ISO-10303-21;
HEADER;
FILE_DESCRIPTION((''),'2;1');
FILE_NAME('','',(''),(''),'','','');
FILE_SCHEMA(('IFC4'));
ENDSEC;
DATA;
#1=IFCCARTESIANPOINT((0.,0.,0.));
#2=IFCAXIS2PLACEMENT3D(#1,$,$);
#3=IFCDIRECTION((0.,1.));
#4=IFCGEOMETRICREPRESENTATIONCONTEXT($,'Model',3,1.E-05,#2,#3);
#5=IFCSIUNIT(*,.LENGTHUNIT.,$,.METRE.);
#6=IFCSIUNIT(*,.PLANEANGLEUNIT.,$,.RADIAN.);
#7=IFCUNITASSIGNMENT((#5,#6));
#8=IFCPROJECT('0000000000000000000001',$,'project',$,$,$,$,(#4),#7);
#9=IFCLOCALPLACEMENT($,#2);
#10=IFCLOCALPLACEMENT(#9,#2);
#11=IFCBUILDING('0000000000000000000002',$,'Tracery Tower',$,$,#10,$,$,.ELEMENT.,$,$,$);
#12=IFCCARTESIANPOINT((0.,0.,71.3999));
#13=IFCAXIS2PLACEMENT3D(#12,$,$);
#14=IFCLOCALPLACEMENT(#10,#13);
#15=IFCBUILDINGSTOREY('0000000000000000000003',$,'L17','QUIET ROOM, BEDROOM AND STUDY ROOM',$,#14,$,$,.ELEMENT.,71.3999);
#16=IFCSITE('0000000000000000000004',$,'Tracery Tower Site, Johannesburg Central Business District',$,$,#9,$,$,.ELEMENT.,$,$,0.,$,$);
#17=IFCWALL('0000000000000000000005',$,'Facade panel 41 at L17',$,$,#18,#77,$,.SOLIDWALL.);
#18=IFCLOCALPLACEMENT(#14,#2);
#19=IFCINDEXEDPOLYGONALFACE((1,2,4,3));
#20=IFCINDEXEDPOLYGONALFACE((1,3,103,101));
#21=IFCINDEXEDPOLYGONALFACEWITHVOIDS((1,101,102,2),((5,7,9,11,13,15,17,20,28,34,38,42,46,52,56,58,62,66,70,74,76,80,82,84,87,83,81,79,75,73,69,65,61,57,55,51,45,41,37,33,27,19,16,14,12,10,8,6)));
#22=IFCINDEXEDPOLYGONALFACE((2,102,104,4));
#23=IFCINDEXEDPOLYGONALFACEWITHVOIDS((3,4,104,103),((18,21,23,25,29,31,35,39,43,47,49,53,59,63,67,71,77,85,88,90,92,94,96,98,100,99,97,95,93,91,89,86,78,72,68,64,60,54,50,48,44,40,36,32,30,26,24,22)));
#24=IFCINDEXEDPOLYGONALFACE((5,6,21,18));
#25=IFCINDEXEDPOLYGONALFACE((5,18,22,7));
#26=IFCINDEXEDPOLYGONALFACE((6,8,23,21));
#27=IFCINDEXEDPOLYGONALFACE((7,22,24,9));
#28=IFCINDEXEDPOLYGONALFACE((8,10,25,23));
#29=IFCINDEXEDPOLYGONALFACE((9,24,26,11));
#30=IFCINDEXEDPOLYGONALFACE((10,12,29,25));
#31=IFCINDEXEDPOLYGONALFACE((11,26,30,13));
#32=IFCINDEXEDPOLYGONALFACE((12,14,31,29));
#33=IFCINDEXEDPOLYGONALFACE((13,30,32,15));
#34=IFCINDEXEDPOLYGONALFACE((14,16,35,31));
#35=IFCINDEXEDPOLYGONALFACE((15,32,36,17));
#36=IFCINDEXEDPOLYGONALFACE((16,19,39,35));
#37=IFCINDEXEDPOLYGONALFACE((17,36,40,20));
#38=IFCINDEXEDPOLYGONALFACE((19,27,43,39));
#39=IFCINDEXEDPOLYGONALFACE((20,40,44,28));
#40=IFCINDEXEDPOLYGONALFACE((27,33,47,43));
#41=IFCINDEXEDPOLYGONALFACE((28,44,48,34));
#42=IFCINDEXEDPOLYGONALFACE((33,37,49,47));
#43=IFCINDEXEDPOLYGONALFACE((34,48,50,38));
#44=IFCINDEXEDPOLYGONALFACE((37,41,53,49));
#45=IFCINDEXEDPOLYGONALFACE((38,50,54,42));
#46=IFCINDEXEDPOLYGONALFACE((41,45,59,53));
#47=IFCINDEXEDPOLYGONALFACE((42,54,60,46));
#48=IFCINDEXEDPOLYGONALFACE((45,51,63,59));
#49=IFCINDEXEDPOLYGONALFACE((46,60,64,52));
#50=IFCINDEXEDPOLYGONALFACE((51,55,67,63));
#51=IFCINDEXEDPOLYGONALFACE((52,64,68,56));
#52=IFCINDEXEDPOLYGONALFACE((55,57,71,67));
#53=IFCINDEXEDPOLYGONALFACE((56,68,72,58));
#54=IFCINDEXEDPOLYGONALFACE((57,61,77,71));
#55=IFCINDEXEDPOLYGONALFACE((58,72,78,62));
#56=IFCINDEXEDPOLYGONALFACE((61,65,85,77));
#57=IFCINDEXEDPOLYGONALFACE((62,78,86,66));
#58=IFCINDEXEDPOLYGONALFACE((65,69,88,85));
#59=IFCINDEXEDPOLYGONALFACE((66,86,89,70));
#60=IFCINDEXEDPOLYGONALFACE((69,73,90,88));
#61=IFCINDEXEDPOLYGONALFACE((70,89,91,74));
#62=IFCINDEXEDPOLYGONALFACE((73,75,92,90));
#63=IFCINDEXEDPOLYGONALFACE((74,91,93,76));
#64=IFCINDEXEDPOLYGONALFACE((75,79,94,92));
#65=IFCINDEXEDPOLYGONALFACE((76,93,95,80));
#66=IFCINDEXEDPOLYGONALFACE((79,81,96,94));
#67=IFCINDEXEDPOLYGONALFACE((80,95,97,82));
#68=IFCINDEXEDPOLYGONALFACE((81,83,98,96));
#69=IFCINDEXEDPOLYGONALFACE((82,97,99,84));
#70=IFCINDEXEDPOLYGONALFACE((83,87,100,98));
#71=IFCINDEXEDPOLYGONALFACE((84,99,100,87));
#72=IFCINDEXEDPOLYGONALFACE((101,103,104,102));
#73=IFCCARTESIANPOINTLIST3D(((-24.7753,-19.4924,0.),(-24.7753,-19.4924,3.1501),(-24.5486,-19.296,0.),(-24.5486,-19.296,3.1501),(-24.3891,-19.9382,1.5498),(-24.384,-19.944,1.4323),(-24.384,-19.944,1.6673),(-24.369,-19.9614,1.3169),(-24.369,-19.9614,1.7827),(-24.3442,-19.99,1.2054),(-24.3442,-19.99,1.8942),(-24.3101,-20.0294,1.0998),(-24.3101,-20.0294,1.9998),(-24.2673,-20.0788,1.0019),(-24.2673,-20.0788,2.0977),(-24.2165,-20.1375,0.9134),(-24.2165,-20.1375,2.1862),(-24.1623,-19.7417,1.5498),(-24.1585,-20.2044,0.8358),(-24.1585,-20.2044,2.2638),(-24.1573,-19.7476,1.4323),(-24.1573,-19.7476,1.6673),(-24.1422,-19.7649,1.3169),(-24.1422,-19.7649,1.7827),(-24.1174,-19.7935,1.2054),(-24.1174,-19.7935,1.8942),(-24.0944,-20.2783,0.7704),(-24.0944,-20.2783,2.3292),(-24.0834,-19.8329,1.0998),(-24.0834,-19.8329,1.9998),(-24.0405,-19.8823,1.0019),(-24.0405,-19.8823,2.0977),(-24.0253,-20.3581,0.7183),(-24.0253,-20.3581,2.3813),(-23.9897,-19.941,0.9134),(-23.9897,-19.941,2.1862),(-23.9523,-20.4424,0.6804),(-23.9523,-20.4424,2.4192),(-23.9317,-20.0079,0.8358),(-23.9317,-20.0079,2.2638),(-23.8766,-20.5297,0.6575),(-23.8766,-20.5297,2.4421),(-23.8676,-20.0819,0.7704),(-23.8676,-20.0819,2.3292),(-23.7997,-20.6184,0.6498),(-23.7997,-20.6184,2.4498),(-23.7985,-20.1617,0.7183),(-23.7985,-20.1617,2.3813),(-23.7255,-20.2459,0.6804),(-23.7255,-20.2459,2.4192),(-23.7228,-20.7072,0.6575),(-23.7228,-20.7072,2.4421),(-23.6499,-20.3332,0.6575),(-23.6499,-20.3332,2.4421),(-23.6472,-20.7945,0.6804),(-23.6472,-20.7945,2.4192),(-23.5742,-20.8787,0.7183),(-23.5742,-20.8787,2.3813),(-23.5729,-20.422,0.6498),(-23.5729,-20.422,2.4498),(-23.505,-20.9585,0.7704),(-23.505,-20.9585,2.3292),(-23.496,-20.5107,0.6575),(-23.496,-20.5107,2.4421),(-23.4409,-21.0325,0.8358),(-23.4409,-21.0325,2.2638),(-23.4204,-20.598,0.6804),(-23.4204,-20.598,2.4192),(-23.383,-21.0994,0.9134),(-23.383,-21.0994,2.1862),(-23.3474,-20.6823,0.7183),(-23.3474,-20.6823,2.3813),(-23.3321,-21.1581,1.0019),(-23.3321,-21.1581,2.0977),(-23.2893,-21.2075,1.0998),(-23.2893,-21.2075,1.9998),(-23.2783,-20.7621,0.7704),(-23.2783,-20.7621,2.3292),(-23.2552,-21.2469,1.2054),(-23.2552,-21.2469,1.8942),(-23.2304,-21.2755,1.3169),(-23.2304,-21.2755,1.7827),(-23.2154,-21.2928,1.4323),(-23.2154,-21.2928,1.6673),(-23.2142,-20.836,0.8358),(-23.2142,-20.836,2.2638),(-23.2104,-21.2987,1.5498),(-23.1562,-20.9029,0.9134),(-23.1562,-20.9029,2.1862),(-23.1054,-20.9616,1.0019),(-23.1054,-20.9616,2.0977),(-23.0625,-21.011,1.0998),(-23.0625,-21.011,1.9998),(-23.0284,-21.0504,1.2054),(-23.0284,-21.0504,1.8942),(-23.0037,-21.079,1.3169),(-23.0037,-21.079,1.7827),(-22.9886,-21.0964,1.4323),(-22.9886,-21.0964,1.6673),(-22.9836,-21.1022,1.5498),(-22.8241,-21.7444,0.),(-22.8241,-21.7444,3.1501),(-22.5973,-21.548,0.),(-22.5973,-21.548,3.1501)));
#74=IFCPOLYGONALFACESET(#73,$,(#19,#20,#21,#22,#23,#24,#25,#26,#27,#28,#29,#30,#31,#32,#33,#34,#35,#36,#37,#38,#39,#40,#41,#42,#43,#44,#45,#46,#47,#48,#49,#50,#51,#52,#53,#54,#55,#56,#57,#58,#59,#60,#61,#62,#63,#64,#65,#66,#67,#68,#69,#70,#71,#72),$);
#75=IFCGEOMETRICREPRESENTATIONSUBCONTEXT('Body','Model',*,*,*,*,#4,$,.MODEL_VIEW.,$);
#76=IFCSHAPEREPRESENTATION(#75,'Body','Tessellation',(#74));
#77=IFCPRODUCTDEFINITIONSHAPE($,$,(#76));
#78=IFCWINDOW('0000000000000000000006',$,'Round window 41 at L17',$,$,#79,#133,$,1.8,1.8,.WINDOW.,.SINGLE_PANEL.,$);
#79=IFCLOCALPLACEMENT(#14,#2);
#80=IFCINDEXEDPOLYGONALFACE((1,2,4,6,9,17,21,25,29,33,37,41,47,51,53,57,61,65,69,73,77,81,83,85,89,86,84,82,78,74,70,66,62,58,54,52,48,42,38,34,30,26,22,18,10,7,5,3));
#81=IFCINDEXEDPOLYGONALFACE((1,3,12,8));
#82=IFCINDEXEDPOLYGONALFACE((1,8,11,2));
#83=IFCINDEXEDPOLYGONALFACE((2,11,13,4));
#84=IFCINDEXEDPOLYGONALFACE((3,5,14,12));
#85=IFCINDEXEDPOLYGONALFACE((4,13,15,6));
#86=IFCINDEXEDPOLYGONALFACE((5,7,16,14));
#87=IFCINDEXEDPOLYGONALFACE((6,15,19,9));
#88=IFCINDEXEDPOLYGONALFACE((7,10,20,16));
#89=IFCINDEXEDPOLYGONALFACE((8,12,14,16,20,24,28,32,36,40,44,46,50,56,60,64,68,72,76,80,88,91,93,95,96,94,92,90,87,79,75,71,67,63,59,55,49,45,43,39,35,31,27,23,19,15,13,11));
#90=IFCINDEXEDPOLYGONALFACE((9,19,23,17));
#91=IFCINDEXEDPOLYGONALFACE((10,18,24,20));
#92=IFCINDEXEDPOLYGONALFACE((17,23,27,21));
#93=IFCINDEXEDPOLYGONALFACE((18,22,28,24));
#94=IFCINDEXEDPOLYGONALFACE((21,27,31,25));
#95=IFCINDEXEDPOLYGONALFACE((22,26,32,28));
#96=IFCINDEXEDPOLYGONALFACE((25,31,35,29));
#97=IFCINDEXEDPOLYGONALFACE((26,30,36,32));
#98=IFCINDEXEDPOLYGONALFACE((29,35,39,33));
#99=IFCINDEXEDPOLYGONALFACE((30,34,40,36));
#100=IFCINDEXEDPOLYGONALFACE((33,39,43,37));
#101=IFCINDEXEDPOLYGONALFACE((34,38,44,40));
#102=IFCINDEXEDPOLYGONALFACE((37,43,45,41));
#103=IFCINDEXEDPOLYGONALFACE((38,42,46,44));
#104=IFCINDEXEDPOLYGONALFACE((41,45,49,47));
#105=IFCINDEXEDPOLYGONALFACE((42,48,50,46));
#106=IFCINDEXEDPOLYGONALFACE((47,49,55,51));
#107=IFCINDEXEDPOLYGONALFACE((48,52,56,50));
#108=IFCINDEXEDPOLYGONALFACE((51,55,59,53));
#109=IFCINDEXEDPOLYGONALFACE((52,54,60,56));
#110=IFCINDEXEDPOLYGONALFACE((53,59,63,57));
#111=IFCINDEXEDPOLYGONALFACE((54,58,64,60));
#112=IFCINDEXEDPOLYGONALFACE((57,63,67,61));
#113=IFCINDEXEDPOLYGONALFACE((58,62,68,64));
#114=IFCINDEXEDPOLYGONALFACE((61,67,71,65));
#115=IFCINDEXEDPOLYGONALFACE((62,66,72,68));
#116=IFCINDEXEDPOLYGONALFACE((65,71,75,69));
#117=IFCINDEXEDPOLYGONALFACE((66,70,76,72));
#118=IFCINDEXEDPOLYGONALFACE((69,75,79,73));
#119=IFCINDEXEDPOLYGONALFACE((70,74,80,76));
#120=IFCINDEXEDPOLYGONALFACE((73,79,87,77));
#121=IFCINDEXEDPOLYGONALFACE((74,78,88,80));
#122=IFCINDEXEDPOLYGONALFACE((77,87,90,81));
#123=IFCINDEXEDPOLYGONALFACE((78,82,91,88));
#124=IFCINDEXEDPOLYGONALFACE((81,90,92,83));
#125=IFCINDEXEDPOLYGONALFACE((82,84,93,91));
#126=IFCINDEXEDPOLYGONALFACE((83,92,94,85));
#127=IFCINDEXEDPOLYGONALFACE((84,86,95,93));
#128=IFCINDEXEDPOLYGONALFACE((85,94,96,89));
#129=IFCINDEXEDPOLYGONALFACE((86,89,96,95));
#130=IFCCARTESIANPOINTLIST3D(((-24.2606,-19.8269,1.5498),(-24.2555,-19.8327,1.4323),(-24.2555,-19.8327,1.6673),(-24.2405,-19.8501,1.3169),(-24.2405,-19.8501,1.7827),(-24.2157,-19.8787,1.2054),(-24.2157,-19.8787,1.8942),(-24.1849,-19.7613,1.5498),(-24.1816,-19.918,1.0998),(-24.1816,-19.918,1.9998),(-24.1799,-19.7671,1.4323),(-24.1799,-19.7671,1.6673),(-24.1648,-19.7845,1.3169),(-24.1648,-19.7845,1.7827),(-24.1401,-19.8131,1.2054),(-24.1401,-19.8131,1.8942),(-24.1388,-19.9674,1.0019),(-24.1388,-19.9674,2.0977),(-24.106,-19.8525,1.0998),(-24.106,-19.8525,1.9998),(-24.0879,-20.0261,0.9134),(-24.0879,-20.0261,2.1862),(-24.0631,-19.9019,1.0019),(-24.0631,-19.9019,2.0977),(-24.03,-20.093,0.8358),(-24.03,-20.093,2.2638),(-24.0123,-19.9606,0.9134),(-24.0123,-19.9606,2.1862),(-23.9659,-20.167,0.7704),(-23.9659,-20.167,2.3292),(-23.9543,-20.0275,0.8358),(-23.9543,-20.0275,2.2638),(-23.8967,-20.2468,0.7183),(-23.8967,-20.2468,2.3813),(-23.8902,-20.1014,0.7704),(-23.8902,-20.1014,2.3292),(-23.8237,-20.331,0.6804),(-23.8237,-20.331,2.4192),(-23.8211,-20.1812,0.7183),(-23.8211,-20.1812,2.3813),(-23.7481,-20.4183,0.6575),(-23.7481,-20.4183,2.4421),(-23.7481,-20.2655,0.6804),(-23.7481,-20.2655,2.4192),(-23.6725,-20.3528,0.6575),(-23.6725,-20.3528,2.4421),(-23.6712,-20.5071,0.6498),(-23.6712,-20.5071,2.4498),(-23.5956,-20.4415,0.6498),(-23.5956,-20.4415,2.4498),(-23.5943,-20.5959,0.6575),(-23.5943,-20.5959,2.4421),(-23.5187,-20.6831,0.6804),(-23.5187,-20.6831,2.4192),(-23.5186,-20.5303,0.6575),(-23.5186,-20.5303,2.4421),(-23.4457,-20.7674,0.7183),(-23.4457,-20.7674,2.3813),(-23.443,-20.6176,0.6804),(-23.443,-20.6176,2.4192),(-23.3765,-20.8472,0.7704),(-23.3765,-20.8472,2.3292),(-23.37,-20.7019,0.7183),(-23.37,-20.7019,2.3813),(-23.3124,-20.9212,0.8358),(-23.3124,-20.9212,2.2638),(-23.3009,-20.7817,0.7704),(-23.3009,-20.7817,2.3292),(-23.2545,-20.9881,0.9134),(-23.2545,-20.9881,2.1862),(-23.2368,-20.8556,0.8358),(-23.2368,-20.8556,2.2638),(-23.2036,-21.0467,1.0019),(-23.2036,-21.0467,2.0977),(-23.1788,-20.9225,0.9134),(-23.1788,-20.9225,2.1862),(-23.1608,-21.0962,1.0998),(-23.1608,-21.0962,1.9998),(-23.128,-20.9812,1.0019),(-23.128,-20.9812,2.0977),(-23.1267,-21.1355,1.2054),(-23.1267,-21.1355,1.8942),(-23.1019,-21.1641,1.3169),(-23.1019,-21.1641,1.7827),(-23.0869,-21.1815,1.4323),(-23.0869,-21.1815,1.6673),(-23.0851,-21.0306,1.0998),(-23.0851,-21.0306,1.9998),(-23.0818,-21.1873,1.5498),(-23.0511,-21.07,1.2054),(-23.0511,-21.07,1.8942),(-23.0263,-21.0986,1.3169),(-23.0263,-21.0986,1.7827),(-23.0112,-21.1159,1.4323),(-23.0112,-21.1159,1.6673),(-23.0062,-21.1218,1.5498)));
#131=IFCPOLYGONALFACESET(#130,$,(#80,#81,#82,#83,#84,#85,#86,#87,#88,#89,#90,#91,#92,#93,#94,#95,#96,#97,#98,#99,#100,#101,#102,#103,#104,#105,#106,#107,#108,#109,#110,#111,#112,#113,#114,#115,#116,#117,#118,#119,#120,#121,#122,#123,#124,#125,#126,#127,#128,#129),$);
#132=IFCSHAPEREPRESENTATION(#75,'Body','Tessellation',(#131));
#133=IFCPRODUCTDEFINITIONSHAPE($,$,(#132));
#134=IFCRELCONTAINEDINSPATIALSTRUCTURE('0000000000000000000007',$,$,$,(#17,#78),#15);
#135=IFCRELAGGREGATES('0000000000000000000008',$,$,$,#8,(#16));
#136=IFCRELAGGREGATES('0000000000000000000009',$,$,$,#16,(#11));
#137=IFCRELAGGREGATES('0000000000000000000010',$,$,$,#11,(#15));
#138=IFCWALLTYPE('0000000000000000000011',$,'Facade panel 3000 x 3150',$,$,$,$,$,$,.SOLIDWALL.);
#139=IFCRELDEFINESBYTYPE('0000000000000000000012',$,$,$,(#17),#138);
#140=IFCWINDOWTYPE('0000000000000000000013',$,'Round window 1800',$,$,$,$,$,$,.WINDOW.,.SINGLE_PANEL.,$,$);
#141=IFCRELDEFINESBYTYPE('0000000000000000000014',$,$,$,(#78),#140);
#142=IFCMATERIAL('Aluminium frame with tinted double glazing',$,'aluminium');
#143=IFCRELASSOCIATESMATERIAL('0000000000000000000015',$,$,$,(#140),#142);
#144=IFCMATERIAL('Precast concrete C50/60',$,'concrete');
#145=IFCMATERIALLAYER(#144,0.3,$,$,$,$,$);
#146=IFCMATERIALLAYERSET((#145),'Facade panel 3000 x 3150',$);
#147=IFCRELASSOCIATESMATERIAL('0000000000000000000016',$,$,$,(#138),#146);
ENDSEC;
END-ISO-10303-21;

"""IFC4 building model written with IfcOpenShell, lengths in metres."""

from ifc_helpers import new_model, si_unit, direction, frame, frame_2d, origin, origin_2d, place, context, subcontext, project, spatial, rectangle, circle, extrude, material, layer, layer_set, type_object, element, fill, save


model = new_model("IFC4")

# Units and contexts
model_context = context("Model", 3, precision=1e-05, world=origin(), true_north=direction((0.0, 1.0)))
body_context = subcontext(model_context, "Body", "Model", "MODEL_VIEW")
ifc_project = project(units=[si_unit("LENGTHUNIT", "METRE"), si_unit("PLANEANGLEUNIT", "RADIAN")], contexts=[model_context])

# Site, building, storey
site_placement = place(None, origin())
site = spatial("IfcSite", under=ifc_project, at=site_placement, Name="Tracery Tower Site, Johannesburg Central Business District", CompositionType="ELEMENT", RefElevation=0.0)
building_placement = place(site_placement, origin())
building = spatial("IfcBuilding", under=site, at=building_placement, Name="Tracery Tower", CompositionType="ELEMENT")
storey_placement = place(building_placement, frame((0.0, 0.0, 71.3999)))
storey = spatial("IfcBuildingStorey", under=building, at=storey_placement, Name="L17", Description="QUIET ROOM, BEDROOM AND STUDY ROOM", CompositionType="ELEMENT", Elevation=71.3999)

# Wall, opening, window
ifc_material_1 = material(Name="Aluminium frame with tinted double glazing", Category="aluminium")
window_type = type_object("IfcWindowType", Name="Round window 1800", PartitioningType="SINGLE_PANEL", PredefinedType="WINDOW", material=ifc_material_1)
ifc_material_2 = material(Name="Precast concrete C50/60", Category="concrete")
ifc_layer_1 = layer(ifc_material_2, 0.3)
ifc_layer_set_1 = layer_set([ifc_layer_1], Name="Facade panel 3000 x 3150")
wall_type_1 = type_object("IfcWallType", Name="Facade panel 3000 x 3150", PredefinedType="SOLIDWALL", material=ifc_layer_set_1)
wall_1_placement = place(storey_placement, frame((-24.6619, -19.3943, 0.0), z_axis=(0.0, 0.0, 1.0), x_axis=(0.654831, -0.755776, 0.0)))
wall_1 = element("IfcWall", 1, at=wall_1_placement, inside=storey, type_object=wall_type_1, Name="Facade panel 41 at L17", PredefinedType="SOLIDWALL", context=body_context, shape_type="SweptSolid", body=[
    extrude(rectangle(XDim=2.9797, YDim=0.3, at=frame_2d((1.4897, 0.0))), origin(), (0.0, 0.0, 1.0), 3.1501),
])
opening_1_placement = place(wall_1_placement, frame((1.4897, 0.0, 1.5498)))
opening_1 = element("IfcOpeningElement", 2, at=opening_1_placement, cuts=wall_1, PredefinedType="OPENING", context=body_context, shape_type="SweptSolid", body=[
    extrude(circle(Radius=0.9, at=origin_2d()), frame((0.0, 0.1599, 0.0), z_axis=(0.0, -1.0, 0.0), x_axis=(1.0, 0.0, 0.0)), (0.0, 0.0, 1.0), 0.3201),
])
window_1_placement = place(opening_1_placement, origin())
window_1 = element("IfcWindow", 3, at=window_1_placement, inside=storey, type_object=window_type, Name="Round window 41 at L17", OverallHeight=1.8, OverallWidth=1.8, PartitioningType="SINGLE_PANEL", PredefinedType="WINDOW", context=body_context, shape_type="SweptSolid", body=[
    extrude(circle(Radius=0.9, at=origin_2d()), frame((0.0, 0.1201, 0.0), z_axis=(0.0, -1.0, 0.0), x_axis=(1.0, 0.0, 0.0)), (0.0, 0.0, 1.0), 0.1001),
])
fill(opening_1, window_1)

save(model, "model.ifc")
